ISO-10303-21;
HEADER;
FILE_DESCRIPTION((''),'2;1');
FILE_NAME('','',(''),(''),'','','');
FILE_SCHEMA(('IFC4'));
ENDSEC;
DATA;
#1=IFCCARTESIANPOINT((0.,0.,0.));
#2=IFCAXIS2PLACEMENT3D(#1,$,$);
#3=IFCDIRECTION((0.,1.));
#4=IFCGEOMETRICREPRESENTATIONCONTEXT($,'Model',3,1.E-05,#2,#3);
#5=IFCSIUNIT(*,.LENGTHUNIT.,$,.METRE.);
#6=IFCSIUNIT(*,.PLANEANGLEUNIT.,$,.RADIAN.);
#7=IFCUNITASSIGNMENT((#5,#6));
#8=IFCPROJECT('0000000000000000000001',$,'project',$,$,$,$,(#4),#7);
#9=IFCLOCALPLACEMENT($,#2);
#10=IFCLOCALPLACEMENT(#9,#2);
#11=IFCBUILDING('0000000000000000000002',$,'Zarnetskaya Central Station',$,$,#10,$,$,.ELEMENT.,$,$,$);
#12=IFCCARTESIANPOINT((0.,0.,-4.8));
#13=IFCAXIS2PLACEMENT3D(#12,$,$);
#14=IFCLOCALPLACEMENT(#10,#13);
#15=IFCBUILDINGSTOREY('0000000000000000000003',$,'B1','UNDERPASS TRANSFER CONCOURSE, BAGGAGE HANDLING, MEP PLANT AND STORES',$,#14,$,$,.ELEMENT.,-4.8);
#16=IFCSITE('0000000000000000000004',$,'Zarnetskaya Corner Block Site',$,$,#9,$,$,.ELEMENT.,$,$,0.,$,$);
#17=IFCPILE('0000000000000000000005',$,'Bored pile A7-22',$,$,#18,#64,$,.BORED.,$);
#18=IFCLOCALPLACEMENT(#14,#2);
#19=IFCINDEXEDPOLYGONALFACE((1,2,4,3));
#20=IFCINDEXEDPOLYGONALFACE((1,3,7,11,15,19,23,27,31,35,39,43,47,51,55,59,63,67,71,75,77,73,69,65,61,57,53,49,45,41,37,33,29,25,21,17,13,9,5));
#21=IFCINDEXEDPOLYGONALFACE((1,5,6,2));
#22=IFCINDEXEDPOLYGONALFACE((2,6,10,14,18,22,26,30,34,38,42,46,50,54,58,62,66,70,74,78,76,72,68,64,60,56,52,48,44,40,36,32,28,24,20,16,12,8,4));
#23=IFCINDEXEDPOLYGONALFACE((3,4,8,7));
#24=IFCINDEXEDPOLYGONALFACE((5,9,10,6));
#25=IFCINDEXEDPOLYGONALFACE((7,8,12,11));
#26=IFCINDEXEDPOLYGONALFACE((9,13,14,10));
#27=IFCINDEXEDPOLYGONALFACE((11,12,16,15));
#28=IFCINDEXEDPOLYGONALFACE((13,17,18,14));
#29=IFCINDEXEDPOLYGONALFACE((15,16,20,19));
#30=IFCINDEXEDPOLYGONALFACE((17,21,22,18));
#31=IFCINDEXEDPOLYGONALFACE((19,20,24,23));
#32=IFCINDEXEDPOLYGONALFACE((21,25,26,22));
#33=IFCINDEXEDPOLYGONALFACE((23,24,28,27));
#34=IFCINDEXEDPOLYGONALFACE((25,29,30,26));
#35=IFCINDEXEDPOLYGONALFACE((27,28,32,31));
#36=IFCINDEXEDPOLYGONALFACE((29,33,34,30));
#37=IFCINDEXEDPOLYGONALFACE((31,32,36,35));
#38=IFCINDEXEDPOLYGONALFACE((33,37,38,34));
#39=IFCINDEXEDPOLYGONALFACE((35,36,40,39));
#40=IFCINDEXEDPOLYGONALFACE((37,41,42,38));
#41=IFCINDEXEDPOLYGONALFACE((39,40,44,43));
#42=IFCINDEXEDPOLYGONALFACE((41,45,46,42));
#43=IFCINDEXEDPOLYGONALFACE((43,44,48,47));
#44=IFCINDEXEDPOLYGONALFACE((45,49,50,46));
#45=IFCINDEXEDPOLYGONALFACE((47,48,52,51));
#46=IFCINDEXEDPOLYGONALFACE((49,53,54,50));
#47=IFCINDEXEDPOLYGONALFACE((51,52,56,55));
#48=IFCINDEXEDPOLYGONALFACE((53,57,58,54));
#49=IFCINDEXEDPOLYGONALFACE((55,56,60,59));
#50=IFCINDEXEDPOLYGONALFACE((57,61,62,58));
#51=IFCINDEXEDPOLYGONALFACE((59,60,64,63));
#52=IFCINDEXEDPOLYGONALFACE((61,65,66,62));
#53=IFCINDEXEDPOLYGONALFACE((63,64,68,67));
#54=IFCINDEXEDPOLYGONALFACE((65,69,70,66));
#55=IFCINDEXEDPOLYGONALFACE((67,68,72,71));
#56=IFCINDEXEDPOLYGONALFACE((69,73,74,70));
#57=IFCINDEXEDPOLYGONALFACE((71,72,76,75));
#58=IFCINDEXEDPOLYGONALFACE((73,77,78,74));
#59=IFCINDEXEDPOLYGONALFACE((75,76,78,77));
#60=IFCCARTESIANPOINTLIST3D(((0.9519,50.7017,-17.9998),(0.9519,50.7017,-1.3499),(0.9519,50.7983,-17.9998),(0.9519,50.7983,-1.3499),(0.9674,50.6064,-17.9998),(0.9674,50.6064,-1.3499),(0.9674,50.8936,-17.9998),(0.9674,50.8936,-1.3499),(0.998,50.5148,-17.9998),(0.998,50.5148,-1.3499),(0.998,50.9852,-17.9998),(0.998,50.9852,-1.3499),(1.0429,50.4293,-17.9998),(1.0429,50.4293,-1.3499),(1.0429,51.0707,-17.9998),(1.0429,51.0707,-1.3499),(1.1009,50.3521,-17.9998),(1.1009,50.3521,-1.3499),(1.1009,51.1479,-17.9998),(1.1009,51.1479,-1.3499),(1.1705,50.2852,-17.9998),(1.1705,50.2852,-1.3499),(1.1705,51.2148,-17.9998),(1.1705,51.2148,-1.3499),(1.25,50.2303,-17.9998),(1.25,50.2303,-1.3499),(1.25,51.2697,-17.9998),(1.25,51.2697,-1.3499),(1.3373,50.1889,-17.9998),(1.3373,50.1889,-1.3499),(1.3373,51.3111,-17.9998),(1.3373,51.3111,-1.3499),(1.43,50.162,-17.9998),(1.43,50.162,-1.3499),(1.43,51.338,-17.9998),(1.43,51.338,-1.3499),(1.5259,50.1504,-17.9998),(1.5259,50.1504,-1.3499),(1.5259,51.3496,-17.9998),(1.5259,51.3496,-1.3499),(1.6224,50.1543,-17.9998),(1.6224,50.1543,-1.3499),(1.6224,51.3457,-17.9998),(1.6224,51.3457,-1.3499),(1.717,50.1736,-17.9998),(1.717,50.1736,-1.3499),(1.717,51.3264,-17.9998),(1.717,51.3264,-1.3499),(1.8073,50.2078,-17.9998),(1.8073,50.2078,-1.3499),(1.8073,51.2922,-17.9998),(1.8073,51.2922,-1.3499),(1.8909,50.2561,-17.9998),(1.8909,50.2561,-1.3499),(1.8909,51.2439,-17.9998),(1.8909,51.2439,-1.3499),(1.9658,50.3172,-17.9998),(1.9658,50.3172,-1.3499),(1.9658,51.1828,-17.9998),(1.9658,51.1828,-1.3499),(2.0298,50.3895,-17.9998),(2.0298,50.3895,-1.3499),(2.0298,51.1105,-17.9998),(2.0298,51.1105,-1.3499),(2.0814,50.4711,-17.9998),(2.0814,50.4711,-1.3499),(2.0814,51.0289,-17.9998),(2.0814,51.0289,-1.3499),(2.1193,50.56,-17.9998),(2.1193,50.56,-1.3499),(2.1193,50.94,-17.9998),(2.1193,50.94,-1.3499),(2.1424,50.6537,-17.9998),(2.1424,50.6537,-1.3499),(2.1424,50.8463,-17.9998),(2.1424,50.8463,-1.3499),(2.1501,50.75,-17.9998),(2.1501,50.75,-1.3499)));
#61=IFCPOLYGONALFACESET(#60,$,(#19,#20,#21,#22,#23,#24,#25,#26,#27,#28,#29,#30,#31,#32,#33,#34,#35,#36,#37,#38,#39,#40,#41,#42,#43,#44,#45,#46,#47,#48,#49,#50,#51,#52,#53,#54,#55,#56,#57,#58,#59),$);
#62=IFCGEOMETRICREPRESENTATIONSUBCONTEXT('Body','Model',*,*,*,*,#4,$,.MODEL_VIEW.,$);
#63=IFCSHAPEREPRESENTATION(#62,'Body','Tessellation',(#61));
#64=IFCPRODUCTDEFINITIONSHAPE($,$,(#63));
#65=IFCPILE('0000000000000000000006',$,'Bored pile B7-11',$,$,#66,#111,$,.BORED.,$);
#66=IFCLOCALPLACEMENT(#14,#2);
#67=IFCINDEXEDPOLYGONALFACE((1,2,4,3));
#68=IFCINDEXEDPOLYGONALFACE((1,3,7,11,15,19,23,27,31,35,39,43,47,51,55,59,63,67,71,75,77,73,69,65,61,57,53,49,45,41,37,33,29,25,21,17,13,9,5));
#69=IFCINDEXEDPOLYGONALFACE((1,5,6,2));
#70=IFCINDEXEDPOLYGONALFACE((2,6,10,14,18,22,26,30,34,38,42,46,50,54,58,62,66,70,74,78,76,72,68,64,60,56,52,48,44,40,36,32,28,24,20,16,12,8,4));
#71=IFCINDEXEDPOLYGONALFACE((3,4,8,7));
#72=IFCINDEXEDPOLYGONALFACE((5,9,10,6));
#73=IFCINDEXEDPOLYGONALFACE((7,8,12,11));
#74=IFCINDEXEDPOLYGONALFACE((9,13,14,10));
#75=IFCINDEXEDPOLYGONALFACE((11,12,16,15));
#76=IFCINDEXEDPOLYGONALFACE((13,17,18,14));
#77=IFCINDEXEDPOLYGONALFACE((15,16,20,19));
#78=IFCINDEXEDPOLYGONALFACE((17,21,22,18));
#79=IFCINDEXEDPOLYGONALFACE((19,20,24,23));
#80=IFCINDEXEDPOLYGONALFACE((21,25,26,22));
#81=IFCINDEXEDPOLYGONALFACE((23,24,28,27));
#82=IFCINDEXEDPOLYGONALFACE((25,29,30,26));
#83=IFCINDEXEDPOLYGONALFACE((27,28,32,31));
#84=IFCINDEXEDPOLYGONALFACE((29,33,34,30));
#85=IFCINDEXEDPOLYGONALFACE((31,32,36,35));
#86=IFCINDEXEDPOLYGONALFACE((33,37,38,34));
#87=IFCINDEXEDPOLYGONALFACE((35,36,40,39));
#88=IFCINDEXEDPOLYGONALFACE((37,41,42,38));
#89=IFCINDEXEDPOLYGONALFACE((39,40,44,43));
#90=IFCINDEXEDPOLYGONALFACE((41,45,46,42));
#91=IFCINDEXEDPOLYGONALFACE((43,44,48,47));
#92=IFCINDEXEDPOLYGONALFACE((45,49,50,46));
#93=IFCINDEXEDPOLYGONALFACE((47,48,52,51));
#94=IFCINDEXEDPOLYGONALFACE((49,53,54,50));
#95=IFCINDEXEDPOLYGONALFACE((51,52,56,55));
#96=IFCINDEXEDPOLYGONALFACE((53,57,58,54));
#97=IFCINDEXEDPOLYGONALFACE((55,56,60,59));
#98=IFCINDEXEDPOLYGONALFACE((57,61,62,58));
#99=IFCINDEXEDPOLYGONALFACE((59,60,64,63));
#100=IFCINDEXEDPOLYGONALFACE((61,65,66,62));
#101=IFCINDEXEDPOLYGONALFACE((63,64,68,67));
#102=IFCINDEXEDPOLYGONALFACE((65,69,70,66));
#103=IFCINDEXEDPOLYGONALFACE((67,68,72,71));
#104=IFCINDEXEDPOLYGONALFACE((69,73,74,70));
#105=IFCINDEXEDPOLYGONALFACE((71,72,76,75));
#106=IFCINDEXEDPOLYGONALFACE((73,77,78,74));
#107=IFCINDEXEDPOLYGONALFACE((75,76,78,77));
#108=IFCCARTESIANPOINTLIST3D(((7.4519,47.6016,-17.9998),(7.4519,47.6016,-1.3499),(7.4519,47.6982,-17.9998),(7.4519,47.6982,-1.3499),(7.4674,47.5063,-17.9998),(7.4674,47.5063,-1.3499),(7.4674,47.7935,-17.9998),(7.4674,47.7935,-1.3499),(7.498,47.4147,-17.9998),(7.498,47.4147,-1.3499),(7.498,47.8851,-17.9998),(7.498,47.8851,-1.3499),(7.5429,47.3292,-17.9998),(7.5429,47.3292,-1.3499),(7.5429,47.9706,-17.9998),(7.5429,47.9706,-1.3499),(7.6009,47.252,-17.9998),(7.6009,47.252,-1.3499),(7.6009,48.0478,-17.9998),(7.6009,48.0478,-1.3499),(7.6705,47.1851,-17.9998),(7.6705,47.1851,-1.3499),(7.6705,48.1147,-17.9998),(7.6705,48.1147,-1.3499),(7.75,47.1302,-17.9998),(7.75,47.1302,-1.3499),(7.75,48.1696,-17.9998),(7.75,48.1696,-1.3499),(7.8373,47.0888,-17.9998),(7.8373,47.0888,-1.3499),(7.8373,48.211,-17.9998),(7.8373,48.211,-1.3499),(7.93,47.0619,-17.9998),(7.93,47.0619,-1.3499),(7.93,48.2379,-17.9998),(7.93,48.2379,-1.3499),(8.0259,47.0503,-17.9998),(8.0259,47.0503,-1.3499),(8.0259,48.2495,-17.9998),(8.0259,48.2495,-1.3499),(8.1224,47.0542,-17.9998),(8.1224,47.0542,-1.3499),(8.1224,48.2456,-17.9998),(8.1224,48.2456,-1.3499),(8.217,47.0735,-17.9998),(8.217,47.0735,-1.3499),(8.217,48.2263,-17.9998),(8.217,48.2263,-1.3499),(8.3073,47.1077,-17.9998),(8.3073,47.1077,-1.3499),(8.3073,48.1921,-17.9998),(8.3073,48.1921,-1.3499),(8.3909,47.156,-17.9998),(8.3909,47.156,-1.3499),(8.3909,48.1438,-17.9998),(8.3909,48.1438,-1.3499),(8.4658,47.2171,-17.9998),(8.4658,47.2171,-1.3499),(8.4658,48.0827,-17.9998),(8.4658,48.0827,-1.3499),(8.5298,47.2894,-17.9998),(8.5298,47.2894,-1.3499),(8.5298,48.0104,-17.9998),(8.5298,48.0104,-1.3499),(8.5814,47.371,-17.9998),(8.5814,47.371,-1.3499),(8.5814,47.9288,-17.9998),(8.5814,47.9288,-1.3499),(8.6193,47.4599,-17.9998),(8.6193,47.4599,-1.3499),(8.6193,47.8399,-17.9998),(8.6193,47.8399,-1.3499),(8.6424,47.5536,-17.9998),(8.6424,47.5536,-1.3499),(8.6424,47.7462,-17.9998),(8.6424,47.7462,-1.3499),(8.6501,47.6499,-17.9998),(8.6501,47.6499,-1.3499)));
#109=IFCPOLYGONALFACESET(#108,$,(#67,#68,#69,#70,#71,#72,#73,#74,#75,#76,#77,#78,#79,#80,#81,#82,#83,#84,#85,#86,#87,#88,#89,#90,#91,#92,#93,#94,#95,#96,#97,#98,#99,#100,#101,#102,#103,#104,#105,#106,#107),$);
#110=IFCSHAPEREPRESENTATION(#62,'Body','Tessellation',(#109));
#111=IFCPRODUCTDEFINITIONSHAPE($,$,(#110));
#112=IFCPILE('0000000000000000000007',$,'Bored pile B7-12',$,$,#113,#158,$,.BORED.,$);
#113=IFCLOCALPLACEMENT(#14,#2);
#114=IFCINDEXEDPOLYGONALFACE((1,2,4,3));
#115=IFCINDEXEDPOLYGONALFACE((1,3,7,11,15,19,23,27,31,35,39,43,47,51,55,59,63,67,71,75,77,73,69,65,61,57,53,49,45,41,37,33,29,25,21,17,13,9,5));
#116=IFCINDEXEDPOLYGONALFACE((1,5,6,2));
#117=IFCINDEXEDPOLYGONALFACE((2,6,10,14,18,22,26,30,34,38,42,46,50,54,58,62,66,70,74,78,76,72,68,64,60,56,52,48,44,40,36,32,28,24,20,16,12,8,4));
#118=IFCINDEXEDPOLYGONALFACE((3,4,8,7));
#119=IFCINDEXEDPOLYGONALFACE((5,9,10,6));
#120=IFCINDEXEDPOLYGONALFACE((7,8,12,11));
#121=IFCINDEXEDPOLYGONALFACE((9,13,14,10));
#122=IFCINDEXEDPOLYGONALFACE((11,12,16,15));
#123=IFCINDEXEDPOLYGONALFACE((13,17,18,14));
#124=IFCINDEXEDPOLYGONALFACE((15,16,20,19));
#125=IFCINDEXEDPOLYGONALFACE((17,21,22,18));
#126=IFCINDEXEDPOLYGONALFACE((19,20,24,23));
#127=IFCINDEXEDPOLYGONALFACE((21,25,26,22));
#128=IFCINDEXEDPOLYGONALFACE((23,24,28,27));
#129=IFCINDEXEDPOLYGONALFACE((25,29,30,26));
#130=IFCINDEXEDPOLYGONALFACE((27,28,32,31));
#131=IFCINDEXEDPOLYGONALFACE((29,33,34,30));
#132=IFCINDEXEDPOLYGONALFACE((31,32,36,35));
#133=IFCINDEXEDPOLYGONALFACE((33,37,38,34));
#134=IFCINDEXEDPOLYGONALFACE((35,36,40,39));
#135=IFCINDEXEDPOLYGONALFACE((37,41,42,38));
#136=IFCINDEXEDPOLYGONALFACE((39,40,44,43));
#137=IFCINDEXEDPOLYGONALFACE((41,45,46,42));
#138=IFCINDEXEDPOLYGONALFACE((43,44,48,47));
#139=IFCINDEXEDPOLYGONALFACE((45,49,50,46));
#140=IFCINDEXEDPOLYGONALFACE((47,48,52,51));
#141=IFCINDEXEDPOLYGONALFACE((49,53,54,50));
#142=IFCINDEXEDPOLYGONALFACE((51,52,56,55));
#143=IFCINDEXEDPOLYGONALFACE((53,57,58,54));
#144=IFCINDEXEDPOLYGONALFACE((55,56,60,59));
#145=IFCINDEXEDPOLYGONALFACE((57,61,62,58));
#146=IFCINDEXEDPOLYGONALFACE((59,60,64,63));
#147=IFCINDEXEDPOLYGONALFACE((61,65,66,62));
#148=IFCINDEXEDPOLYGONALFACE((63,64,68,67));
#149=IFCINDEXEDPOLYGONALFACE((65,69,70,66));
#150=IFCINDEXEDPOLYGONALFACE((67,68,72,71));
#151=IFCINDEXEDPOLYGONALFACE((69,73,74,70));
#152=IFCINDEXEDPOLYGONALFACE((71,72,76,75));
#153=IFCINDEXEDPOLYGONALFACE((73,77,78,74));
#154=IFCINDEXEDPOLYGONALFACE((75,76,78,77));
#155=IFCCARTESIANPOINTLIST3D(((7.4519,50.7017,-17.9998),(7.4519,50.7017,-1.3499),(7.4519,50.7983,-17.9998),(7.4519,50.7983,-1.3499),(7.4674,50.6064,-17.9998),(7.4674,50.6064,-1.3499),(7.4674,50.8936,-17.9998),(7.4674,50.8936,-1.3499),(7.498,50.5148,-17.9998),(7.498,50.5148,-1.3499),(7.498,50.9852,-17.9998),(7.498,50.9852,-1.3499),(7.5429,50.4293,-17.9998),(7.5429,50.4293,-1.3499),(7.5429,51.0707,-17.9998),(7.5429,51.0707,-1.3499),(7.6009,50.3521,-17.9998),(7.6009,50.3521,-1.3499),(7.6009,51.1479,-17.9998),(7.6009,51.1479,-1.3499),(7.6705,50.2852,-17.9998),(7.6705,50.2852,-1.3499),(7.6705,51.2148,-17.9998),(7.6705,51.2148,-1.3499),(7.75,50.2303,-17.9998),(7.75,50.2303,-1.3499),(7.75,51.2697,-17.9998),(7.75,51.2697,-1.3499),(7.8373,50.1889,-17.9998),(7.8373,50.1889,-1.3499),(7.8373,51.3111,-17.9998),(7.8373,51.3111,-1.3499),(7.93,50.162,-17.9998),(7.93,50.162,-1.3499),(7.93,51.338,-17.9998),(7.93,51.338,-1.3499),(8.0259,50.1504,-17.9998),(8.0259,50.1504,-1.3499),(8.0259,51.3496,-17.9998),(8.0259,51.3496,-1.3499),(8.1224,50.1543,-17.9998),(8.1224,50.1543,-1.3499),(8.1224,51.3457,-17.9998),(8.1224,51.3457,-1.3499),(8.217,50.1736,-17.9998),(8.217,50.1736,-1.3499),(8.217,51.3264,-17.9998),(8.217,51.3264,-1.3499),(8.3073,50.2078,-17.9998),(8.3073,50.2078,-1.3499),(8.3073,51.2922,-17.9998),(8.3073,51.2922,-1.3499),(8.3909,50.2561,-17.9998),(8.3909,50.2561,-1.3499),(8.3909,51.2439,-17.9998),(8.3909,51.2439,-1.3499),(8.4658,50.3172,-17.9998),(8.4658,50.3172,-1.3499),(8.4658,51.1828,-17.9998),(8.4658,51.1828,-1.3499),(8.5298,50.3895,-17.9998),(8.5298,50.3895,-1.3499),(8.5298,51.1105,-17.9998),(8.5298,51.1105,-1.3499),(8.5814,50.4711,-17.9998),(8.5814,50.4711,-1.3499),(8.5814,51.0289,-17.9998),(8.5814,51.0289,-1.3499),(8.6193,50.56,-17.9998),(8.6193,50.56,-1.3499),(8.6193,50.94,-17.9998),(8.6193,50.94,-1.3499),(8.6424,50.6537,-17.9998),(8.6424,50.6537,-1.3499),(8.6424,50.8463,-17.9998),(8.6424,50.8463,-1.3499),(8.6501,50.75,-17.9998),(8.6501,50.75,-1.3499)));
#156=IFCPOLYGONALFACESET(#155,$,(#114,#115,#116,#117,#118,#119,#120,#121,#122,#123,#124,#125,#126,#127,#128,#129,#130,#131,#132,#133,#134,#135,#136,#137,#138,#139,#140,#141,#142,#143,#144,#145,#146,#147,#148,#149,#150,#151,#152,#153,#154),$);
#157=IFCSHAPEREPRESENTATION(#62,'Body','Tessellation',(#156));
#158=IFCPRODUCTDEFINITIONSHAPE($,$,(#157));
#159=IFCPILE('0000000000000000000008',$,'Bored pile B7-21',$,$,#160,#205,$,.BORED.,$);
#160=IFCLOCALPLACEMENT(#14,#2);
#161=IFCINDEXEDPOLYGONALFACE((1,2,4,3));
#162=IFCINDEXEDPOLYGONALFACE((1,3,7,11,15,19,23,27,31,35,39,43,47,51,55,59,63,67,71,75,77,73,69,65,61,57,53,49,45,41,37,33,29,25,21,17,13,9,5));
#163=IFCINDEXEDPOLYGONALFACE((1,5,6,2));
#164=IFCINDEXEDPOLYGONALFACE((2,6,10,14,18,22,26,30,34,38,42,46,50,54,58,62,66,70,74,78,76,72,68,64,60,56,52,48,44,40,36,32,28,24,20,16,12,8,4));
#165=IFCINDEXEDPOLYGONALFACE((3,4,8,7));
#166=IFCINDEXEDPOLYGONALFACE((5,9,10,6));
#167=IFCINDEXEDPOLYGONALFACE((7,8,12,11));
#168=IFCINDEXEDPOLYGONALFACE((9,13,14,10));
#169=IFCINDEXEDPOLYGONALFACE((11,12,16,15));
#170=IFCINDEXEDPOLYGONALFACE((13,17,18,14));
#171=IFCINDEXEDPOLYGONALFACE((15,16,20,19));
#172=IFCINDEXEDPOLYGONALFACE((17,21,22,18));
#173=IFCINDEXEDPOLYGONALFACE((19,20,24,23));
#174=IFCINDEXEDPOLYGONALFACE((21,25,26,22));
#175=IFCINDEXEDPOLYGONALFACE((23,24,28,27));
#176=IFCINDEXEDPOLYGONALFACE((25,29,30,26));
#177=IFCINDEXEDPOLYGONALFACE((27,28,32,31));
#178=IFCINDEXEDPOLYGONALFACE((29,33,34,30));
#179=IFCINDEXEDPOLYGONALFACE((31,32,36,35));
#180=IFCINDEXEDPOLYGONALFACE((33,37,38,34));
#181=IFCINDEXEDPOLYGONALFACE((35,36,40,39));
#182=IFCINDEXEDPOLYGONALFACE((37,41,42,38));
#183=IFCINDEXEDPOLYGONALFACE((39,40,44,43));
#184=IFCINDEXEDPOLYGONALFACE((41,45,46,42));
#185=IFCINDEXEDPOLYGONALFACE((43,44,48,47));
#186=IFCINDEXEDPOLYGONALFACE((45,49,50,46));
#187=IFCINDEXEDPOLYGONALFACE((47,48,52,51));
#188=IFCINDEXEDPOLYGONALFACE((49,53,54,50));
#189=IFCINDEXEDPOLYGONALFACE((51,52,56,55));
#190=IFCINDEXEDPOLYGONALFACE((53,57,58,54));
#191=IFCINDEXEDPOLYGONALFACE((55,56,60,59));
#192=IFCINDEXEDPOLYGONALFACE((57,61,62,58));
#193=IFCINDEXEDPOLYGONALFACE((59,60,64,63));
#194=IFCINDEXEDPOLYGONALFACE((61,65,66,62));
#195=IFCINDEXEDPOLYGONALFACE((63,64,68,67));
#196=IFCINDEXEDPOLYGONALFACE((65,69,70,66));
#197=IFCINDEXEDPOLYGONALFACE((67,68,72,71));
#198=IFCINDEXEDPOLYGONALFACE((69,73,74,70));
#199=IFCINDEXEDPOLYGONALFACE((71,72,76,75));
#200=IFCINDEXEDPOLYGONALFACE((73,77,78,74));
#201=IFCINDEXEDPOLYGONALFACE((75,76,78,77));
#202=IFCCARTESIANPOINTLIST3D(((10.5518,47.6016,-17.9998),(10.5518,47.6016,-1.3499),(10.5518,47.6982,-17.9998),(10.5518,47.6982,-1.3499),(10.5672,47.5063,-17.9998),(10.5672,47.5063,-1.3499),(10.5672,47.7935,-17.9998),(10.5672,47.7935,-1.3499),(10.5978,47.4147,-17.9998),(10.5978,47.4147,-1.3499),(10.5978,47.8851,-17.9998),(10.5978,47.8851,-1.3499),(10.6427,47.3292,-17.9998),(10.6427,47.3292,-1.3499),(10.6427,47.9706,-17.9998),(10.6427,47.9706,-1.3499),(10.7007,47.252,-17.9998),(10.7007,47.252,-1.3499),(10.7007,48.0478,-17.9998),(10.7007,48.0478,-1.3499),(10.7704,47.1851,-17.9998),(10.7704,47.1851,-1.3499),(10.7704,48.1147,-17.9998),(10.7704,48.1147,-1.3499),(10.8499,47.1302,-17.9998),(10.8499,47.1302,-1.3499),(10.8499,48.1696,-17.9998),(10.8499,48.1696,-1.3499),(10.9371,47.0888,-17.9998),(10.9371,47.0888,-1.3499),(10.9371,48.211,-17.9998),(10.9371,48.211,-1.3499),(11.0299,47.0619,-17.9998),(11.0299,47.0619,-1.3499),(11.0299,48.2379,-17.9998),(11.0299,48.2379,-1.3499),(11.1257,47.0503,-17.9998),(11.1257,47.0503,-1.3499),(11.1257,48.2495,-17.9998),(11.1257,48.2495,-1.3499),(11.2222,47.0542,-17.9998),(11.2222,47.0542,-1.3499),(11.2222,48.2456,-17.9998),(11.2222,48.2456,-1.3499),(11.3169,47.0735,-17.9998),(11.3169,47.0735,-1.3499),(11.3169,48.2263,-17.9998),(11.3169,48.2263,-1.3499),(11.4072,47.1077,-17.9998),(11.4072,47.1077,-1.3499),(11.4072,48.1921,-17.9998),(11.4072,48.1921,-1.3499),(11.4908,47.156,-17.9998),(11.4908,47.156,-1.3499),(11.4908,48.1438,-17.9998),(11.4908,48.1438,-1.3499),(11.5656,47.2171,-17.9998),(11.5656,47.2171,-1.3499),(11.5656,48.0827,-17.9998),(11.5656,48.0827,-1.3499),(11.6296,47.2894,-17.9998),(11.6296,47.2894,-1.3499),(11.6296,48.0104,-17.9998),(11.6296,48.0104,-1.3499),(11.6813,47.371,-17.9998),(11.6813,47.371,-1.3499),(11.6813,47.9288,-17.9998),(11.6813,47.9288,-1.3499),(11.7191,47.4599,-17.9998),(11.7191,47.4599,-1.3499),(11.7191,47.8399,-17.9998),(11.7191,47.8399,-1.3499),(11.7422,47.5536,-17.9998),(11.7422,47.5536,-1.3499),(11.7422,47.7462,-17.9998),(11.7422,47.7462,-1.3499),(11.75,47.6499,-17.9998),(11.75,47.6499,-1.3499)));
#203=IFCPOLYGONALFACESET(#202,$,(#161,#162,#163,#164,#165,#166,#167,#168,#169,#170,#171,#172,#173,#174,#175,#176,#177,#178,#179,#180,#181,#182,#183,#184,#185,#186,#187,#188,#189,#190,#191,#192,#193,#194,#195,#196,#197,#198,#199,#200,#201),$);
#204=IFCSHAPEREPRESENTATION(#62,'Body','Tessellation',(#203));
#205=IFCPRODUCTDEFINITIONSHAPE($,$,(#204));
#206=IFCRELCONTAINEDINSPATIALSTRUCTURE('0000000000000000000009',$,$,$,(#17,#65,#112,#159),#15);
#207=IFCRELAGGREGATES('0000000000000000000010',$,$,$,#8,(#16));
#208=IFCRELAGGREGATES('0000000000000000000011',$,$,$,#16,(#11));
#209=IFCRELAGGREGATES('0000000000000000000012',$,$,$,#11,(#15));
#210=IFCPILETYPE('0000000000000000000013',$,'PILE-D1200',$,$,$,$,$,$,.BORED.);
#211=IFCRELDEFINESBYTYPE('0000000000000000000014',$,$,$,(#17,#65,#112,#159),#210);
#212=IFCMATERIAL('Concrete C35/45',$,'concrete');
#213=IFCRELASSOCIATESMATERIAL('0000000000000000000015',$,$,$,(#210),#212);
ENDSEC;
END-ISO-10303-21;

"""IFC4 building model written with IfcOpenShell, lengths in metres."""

from ifc_helpers import new_model, si_unit, direction, frame, origin, origin_2d, place, context, subcontext, project, spatial, circle, extrude, material, material_profile, profile_set, type_object, element, save


model = new_model("IFC4")

# Units and contexts
model_context = context("Model", 3, precision=1e-05, world=origin(), true_north=direction((0.0, 1.0)))
body_context = subcontext(model_context, "Body", "Model", "MODEL_VIEW")
ifc_project = project(units=[si_unit("LENGTHUNIT", "METRE"), si_unit("PLANEANGLEUNIT", "RADIAN")], contexts=[model_context])

# Site, building, storey
site_placement = place(None, origin())
site = spatial("IfcSite", under=ifc_project, at=site_placement, Name="Zarnetskaya Corner Block Site", CompositionType="ELEMENT", RefElevation=0.0)
building_placement = place(site_placement, origin())
building = spatial("IfcBuilding", under=site, at=building_placement, Name="Zarnetskaya Central Station", CompositionType="ELEMENT")
storey_placement = place(building_placement, frame((0.0, 0.0, -4.8)))
storey = spatial("IfcBuildingStorey", under=building, at=storey_placement, Name="B1", Description="UNDERPASS TRANSFER CONCOURSE, BAGGAGE HANDLING, MEP PLANT AND STORES", CompositionType="ELEMENT", Elevation=-4.8)

# Shared definitions
ifc_material_1 = material(Name="Concrete C35/45", Category="concrete")

# Piles
ifc_material_profile_1 = material_profile(ifc_material_1, circle(Radius=0.6001, at=origin_2d()), Name="BORED PILE D1200")
ifc_profile_set_1 = profile_set([ifc_material_profile_1], Name="Concrete C35/45")
pile_type = type_object("IfcPileType", Name="PILE-D1200", PredefinedType="BORED", material=ifc_profile_set_1)
for number, where, z_axis, x_axis, name in (
    (1, (1.55, 50.75, -1.3499), (0.0, 0.0, -1.0), (1.0, 0.0, 0.0), "Bored pile A7-22"),
    (2, (8.05, 47.6499, -1.3499), (0.0, 0.0, -1.0), (1.0, 0.0, 0.0), "Bored pile B7-11"),
    (3, (8.05, 50.75, -1.3499), (0.0, 0.0, -1.0), (1.0, 0.0, 0.0), "Bored pile B7-12"),
    (4, (11.1499, 47.6499, -1.3499), (0.0, 0.0, -1.0), (1.0, 0.0, 0.0), "Bored pile B7-21"),
):
    element("IfcPile", number, at=place(storey_placement, frame(where, z_axis=z_axis, x_axis=x_axis)), inside=storey, type_object=pile_type, Name=name, PredefinedType="BORED", context=body_context, shape_type="SweptSolid", body=[
        extrude(circle(Radius=0.6001, at=origin_2d()), origin(), (0.0, 0.0, 1.0), 16.6499),
    ])

save(model, "model.ifc")
